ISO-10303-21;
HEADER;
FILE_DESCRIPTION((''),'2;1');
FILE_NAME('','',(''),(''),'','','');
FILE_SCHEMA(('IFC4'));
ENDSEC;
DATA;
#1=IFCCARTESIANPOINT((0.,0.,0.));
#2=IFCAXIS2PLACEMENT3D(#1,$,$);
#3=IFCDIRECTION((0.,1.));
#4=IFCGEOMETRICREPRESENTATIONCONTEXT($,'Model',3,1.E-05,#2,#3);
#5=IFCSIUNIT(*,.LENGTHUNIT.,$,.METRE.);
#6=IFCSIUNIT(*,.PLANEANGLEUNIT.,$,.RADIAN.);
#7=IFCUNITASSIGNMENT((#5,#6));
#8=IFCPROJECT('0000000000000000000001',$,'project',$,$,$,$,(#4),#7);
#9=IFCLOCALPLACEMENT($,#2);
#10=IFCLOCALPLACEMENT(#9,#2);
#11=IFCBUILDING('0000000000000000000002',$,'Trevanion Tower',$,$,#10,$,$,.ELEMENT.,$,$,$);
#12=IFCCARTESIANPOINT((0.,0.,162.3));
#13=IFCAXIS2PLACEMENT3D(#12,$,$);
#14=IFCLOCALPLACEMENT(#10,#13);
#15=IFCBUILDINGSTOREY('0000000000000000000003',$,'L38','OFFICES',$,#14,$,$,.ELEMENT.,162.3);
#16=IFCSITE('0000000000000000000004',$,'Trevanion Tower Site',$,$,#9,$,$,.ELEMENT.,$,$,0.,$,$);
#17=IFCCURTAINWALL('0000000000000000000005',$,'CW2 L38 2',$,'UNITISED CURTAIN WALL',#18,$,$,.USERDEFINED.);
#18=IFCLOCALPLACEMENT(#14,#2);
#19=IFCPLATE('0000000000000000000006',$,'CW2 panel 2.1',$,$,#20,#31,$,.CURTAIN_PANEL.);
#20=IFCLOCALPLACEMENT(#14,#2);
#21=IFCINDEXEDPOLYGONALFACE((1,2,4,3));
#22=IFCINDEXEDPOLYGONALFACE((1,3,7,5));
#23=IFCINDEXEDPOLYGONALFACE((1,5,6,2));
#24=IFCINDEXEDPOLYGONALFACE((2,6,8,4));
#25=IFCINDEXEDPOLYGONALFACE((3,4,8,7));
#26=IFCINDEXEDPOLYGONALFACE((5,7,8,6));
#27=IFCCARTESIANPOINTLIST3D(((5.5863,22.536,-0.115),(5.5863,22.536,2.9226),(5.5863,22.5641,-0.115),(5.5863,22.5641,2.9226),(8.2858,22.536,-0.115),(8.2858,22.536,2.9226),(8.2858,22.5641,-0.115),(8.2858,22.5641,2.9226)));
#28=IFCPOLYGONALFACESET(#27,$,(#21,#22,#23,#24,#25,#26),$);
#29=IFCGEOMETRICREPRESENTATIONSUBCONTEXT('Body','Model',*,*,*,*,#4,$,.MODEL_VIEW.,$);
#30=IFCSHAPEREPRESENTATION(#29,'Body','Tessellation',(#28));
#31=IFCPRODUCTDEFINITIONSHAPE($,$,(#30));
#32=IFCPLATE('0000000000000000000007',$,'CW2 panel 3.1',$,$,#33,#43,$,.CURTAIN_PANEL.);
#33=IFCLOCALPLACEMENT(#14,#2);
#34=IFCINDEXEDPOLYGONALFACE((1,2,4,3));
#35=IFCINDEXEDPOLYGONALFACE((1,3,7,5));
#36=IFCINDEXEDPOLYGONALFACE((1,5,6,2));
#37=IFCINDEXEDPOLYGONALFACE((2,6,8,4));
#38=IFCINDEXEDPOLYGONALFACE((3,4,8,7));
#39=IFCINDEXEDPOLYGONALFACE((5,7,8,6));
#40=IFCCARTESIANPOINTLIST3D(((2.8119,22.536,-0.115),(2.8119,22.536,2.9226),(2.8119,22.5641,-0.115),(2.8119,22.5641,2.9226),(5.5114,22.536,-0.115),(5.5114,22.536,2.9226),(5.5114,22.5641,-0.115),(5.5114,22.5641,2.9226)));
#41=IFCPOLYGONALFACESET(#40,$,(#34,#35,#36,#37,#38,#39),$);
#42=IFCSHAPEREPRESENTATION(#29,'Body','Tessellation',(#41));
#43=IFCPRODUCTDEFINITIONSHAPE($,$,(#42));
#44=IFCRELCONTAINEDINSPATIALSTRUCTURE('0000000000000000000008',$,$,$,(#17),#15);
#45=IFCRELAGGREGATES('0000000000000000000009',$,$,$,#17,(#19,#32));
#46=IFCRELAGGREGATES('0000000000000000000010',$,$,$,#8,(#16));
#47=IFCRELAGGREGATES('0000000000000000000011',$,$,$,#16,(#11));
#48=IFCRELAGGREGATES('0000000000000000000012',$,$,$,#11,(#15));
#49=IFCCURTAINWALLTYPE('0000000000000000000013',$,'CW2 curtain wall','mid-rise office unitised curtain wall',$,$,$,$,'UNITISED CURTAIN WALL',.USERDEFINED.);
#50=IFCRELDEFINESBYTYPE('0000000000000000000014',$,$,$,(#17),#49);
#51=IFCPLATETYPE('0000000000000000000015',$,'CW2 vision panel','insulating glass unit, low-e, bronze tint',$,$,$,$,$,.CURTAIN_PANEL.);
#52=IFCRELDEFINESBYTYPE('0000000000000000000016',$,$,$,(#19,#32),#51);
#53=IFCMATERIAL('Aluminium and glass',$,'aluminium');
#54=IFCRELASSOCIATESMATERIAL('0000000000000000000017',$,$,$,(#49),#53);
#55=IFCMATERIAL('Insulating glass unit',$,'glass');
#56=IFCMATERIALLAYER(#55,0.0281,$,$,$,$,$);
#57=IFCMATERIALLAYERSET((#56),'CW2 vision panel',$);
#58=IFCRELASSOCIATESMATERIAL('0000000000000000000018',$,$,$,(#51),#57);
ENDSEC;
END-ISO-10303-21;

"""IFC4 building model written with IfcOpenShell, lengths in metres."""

from ifc_helpers import new_model, si_unit, direction, frame, origin, origin_2d, place, context, subcontext, project, spatial, rectangle, extrude, material, layer, layer_set, type_object, element, aggregate, save


model = new_model("IFC4")

# Units and contexts
model_context = context("Model", 3, precision=1e-05, world=origin(), true_north=direction((0.0, 1.0)))
body_context = subcontext(model_context, "Body", "Model", "MODEL_VIEW")
ifc_project = project(units=[si_unit("LENGTHUNIT", "METRE"), si_unit("PLANEANGLEUNIT", "RADIAN")], contexts=[model_context])

# Site, building, storey
site_placement = place(None, origin())
site = spatial("IfcSite", under=ifc_project, at=site_placement, Name="Trevanion Tower Site", CompositionType="ELEMENT", RefElevation=0.0)
building_placement = place(site_placement, origin())
building = spatial("IfcBuilding", under=site, at=building_placement, Name="Trevanion Tower", CompositionType="ELEMENT")
storey_placement = place(building_placement, frame((0.0, 0.0, 162.3)))
storey = spatial("IfcBuildingStorey", under=building, at=storey_placement, Name="L38", Description="OFFICES", CompositionType="ELEMENT", Elevation=162.3)

# Curtain wall, plates
ifc_material_1 = material(Name="Aluminium and glass", Category="aluminium")
curtain_wall_type = type_object("IfcCurtainWallType", Name="CW2 curtain wall", Description="mid-rise office unitised curtain wall", ElementType="UNITISED CURTAIN WALL", PredefinedType="USERDEFINED", material=ifc_material_1)
curtain_wall_placement = place(storey_placement, origin())
curtain_wall = element("IfcCurtainWall", 1, at=curtain_wall_placement, inside=storey, type_object=curtain_wall_type, Name="CW2 L38 2", ObjectType="UNITISED CURTAIN WALL", PredefinedType="USERDEFINED")
ifc_material_2 = material(Name="Insulating glass unit", Category="glass")
ifc_layer_1 = layer(ifc_material_2, 0.0281)
ifc_layer_set_1 = layer_set([ifc_layer_1], Name="CW2 vision panel")
plate_type_1 = type_object("IfcPlateType", Name="CW2 vision panel", Description="insulating glass unit, low-e, bronze tint", PredefinedType="CURTAIN_PANEL", material=ifc_layer_set_1)
plate_1_placement = place(storey_placement, frame((6.936, 22.55, -0.115), z_axis=(0.0, 0.0, 1.0), x_axis=(-1.0, 0.0, 0.0)))
plate_1 = element("IfcPlate", 2, at=plate_1_placement, type_object=plate_type_1, Name="CW2 panel 2.1", PredefinedType="CURTAIN_PANEL", context=body_context, shape_type="SweptSolid", body=[
    extrude(rectangle(XDim=2.6995, YDim=0.0281, at=origin_2d()), origin(), (0.0, 0.0, 1.0), 3.0376),
])
plate_2_placement = place(storey_placement, frame((4.1616, 22.55, -0.115), z_axis=(0.0, 0.0, 1.0), x_axis=(-1.0, 0.0, 0.0)))
plate_2 = element("IfcPlate", 3, at=plate_2_placement, type_object=plate_type_1, Name="CW2 panel 3.1", PredefinedType="CURTAIN_PANEL", context=body_context, shape_type="SweptSolid", body=[
    extrude(rectangle(XDim=2.6995, YDim=0.0281, at=origin_2d()), origin(), (0.0, 0.0, 1.0), 3.0376),
])
aggregate(curtain_wall, [plate_1, plate_2])

save(model, "model.ifc")
